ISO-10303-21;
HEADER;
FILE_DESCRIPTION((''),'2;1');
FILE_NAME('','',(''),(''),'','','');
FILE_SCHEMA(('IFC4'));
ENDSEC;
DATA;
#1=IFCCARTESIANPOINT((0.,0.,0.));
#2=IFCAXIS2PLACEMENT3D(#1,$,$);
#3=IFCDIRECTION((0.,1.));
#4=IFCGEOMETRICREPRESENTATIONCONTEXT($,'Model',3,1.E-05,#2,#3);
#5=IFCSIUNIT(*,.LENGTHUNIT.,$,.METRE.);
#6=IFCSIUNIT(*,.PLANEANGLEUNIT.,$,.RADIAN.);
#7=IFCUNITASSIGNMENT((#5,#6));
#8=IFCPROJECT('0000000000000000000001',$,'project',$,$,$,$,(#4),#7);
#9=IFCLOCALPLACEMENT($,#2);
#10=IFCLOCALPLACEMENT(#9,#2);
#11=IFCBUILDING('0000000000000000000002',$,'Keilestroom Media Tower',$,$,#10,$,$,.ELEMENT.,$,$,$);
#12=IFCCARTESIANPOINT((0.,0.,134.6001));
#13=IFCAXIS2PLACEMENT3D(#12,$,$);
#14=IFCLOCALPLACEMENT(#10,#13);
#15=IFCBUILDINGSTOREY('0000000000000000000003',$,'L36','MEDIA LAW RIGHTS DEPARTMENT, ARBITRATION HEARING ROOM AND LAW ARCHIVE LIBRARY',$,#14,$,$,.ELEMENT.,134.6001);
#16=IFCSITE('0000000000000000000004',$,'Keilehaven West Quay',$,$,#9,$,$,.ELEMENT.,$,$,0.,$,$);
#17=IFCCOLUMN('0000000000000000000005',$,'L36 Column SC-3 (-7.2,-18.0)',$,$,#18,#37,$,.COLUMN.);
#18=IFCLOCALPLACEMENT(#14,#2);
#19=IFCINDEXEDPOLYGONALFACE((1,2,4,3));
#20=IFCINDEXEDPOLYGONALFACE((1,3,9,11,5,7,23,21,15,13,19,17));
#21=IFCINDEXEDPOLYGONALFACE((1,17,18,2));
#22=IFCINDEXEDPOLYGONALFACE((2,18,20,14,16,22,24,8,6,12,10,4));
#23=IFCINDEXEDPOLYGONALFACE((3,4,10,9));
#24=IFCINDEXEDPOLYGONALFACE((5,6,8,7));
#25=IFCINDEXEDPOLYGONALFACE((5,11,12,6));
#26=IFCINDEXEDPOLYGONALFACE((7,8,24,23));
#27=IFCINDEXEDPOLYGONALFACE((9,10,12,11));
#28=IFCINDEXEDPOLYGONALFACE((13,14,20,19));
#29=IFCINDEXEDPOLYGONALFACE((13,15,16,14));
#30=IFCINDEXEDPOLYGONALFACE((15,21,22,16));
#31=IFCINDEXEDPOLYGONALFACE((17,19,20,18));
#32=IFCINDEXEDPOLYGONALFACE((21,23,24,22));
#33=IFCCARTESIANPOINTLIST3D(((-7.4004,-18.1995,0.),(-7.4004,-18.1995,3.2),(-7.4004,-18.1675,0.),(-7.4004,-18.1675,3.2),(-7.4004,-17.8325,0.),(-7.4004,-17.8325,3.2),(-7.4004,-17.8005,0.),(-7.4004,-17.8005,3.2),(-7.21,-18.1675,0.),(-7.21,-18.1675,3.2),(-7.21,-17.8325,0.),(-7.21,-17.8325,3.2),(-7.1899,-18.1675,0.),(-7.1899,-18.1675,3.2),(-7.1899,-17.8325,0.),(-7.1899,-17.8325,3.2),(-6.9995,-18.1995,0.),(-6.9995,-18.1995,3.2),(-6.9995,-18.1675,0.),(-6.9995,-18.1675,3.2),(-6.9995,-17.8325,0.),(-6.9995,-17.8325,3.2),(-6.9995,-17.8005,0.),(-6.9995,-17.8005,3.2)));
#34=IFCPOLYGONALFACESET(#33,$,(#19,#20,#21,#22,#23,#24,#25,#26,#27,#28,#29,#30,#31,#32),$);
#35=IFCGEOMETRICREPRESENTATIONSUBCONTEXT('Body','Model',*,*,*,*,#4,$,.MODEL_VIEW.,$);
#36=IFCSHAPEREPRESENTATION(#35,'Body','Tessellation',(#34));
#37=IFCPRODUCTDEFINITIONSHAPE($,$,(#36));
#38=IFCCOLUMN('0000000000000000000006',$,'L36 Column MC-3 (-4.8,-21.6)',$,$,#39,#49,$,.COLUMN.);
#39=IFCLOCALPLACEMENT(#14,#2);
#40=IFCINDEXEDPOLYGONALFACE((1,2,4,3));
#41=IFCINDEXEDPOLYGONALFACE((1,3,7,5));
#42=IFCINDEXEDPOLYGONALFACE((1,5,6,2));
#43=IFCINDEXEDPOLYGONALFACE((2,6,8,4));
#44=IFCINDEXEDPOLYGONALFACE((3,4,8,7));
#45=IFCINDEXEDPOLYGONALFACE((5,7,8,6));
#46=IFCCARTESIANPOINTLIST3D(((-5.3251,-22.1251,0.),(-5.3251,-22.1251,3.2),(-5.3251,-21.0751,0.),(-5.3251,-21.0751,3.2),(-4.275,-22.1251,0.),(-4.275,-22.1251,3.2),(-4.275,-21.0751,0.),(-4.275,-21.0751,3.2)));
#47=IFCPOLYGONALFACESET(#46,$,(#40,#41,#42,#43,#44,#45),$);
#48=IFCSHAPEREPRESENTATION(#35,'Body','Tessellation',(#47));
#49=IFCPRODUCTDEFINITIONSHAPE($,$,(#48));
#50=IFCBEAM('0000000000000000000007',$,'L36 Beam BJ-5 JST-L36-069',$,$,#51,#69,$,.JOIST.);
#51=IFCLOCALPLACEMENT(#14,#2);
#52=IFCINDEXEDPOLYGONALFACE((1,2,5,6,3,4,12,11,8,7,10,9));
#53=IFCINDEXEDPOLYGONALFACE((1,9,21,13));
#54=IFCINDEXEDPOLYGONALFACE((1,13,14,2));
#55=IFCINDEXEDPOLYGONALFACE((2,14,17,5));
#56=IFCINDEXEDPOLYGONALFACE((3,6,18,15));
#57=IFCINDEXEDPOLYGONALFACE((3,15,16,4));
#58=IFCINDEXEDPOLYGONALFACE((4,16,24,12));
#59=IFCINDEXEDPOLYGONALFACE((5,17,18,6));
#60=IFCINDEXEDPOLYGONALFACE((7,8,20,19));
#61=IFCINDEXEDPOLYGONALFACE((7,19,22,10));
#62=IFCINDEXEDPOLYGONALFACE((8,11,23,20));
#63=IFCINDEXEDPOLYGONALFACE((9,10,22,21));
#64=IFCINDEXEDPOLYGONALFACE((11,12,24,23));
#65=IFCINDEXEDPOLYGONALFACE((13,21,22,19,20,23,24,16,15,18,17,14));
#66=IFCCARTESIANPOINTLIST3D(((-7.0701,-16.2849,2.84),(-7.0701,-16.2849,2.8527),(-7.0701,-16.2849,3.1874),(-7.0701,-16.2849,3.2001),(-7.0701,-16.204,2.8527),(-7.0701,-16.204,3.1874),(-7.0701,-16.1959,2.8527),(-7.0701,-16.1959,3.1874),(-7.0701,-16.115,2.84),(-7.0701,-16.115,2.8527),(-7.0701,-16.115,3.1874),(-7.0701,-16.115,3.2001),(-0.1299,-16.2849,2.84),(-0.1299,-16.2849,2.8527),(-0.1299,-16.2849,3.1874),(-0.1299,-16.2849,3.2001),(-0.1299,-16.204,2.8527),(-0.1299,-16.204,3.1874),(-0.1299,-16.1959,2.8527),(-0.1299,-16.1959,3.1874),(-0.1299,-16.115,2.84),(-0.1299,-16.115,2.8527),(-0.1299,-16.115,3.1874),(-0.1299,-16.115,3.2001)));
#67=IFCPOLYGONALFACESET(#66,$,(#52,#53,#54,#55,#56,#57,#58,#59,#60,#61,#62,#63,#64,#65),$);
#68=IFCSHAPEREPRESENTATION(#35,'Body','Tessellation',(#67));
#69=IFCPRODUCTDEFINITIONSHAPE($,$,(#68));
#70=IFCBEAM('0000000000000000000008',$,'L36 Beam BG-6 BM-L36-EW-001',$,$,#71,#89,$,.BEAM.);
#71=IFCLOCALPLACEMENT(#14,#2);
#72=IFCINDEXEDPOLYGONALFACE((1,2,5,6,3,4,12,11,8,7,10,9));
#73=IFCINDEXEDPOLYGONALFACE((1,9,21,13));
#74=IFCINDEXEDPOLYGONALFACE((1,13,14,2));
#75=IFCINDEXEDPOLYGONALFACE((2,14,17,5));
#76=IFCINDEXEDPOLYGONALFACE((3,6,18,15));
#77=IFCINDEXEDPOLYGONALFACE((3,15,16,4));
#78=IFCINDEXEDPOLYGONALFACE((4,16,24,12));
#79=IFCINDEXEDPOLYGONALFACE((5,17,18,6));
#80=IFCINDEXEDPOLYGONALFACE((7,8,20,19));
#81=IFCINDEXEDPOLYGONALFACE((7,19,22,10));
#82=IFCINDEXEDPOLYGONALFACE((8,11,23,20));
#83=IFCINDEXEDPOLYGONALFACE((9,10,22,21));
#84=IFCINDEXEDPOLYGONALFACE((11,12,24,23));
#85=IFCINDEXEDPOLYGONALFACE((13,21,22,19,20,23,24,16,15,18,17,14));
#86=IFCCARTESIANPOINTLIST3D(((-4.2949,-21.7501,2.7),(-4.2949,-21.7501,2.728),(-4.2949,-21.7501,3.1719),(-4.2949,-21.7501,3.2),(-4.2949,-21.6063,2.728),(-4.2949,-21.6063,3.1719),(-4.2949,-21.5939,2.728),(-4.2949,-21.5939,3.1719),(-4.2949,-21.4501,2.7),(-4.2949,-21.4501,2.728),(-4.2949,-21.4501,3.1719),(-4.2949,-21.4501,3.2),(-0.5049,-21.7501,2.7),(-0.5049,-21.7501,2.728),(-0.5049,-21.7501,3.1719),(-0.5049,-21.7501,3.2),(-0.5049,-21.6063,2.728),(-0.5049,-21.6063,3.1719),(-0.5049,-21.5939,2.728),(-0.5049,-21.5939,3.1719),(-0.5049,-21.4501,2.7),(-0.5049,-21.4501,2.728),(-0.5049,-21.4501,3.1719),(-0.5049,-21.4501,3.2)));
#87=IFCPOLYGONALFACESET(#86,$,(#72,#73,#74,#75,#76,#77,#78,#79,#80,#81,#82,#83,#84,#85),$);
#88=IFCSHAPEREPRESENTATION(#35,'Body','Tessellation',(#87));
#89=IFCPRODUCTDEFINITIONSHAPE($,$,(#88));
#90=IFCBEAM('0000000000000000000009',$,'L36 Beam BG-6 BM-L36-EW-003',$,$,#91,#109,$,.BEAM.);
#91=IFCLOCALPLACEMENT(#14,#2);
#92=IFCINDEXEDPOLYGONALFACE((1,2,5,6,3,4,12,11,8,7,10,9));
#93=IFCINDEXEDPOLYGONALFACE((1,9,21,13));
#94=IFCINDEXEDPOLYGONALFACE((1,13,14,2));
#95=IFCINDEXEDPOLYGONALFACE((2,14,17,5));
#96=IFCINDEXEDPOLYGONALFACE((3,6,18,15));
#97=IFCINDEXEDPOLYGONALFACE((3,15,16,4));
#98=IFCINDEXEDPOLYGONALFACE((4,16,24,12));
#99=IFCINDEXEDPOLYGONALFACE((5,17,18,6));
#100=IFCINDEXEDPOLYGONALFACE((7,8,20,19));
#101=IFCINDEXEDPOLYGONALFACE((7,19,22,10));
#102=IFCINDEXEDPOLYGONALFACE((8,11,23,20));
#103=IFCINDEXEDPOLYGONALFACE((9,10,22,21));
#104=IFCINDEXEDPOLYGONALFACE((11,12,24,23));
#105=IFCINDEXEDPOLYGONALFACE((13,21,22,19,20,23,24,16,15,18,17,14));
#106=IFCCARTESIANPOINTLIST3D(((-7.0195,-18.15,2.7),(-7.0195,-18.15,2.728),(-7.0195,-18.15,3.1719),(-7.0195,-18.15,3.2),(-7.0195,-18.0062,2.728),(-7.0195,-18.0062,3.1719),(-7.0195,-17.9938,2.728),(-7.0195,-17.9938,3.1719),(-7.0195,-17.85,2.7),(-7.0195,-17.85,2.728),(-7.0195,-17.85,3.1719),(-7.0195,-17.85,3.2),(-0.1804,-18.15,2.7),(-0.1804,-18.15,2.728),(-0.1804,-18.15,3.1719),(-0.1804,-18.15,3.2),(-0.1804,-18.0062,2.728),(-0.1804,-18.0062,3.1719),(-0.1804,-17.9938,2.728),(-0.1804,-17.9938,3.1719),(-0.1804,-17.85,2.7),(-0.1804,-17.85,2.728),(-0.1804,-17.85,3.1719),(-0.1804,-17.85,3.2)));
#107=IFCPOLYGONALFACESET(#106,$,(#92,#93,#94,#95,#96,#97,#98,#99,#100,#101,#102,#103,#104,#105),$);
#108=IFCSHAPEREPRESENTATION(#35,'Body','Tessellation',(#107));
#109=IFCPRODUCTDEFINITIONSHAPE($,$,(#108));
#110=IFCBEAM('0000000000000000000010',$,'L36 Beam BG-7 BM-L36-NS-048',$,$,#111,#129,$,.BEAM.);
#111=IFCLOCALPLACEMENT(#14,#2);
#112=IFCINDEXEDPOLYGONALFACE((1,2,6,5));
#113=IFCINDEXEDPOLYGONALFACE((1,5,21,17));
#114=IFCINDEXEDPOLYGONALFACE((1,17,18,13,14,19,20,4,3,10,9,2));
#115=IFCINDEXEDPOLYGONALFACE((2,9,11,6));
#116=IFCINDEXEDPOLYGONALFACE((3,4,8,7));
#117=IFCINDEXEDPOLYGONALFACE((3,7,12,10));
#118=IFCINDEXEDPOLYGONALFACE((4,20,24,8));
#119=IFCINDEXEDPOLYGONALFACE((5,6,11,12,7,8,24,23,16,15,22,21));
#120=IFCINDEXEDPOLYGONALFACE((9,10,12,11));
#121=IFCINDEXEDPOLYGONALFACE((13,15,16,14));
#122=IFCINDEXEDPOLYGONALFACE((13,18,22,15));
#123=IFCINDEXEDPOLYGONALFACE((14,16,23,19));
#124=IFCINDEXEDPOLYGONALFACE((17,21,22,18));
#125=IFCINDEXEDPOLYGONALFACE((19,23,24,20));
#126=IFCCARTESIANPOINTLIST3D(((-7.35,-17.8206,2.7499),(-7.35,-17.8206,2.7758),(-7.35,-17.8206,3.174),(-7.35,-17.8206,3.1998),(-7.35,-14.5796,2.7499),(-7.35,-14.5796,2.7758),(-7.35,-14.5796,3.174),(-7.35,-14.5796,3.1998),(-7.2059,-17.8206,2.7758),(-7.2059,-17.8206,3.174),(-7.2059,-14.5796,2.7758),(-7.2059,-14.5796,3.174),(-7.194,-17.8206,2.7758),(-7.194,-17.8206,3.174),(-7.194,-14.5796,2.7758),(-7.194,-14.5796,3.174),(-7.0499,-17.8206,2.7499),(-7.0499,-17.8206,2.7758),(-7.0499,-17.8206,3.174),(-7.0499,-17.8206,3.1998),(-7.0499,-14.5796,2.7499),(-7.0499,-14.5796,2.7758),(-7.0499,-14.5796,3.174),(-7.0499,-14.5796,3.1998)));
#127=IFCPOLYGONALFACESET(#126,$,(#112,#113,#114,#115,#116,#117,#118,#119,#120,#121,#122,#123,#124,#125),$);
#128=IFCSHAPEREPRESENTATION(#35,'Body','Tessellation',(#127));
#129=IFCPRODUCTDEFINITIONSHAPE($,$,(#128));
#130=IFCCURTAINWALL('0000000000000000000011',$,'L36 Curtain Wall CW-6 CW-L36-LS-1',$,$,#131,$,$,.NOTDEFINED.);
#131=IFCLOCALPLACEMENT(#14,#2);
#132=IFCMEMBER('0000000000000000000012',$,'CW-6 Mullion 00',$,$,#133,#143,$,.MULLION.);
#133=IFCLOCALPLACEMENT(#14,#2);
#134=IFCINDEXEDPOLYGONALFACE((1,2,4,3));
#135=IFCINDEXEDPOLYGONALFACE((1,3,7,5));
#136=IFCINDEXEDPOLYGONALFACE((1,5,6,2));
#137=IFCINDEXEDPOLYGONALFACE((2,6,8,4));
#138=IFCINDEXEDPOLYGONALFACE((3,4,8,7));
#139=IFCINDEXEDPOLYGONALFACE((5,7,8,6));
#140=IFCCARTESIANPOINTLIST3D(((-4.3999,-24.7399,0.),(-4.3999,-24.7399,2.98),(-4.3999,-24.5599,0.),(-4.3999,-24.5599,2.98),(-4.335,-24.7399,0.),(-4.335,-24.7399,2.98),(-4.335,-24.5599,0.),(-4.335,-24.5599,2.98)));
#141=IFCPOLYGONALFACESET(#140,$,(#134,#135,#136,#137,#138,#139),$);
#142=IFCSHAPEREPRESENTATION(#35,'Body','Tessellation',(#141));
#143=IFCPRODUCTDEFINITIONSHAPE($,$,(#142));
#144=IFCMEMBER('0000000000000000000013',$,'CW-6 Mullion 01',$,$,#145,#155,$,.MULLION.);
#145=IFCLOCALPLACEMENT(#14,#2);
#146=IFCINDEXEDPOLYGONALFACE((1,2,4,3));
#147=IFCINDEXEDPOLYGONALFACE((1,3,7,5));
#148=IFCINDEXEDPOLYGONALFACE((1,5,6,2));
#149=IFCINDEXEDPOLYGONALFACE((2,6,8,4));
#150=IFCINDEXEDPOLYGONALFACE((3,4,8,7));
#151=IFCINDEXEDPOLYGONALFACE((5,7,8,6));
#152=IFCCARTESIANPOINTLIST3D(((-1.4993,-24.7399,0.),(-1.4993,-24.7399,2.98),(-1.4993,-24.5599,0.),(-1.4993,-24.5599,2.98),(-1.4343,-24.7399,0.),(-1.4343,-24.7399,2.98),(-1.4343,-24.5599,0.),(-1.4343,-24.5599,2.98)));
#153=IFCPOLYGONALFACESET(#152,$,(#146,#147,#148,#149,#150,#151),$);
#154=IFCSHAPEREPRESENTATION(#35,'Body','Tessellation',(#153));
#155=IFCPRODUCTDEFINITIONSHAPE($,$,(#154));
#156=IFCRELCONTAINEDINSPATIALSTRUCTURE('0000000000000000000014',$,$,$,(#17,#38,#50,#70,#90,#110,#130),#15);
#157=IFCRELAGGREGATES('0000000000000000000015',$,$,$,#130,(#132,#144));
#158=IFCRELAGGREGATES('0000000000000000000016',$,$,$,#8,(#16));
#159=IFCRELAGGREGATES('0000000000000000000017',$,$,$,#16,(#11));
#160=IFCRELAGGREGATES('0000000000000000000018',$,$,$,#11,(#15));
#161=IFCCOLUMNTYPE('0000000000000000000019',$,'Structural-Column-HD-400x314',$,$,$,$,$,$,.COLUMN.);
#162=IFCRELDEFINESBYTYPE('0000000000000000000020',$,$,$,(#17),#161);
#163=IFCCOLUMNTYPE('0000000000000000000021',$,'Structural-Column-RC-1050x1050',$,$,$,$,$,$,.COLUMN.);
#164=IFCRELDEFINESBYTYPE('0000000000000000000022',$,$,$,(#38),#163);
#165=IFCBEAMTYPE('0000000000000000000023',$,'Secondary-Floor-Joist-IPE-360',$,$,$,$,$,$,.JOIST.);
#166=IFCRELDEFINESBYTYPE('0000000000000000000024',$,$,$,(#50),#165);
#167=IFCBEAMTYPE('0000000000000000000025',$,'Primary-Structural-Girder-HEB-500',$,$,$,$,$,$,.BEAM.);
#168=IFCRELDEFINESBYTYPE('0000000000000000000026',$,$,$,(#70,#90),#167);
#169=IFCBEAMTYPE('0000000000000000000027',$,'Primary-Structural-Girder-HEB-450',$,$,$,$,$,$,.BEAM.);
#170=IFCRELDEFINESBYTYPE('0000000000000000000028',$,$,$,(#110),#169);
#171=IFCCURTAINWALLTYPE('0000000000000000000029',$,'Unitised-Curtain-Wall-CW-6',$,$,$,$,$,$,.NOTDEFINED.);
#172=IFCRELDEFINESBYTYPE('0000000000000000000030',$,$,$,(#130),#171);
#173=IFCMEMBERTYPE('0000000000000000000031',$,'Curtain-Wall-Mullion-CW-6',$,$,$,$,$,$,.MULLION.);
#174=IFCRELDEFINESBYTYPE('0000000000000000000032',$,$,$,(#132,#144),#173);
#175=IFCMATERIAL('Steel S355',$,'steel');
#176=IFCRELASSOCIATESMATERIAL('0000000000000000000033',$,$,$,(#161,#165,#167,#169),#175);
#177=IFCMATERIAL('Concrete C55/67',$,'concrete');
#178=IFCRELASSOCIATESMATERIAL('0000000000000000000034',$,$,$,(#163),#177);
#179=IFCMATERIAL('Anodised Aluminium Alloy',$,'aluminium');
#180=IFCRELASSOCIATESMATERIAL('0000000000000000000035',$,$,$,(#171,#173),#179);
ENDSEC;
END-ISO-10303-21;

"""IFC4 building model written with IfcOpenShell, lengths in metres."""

from ifc_helpers import new_model, si_unit, direction, frame, origin, origin_2d, place, context, subcontext, project, spatial, rectangle, i_section, extrude, source, transform, mapped, material, material_profile, profile_set, type_object, element, aggregate, save


model = new_model("IFC4")

# Units and contexts
model_context = context("Model", 3, precision=1e-05, world=origin(), true_north=direction((0.0, 1.0)))
body_context = subcontext(model_context, "Body", "Model", "MODEL_VIEW")
ifc_project = project(units=[si_unit("LENGTHUNIT", "METRE"), si_unit("PLANEANGLEUNIT", "RADIAN")], contexts=[model_context])

# Site, building, storey
site_placement = place(None, origin())
site = spatial("IfcSite", under=ifc_project, at=site_placement, Name="Keilehaven West Quay", CompositionType="ELEMENT", RefElevation=0.0)
building_placement = place(site_placement, origin())
building = spatial("IfcBuilding", under=site, at=building_placement, Name="Keilestroom Media Tower", CompositionType="ELEMENT")
storey_placement = place(building_placement, frame((0.0, 0.0, 134.6001)))
storey = spatial("IfcBuildingStorey", under=building, at=storey_placement, Name="L36", Description="MEDIA LAW RIGHTS DEPARTMENT, ARBITRATION HEARING ROOM AND LAW ARCHIVE LIBRARY", CompositionType="ELEMENT", Elevation=134.6001)

# Columns
ifc_material_1 = material(Name="Steel S355", Category="steel")
ifc_material_profile_1 = material_profile(ifc_material_1, i_section(OverallWidth=0.4009, OverallDepth=0.3989, WebThickness=0.02, FlangeThickness=0.032, at=origin_2d()), Name="HD 400x314")
ifc_profile_set_1 = profile_set([ifc_material_profile_1], Name="Steel S355")
column_type_1 = type_object("IfcColumnType", Name="Structural-Column-HD-400x314", PredefinedType="COLUMN", material=ifc_profile_set_1)
shared_shape_1 = source(origin(), body_context, "Body", "SweptSolid", [
    extrude(i_section(OverallWidth=0.4009, OverallDepth=0.3989, WebThickness=0.02, FlangeThickness=0.032, at=origin_2d()), origin(), (0.0, 0.0, 1.0), 3.2),
])
column_1_placement = place(storey_placement, frame((-7.2, -18.0, 0.0), z_axis=(0.0, 0.0, 1.0), x_axis=(1.0, 0.0, 0.0)))
element("IfcColumn", 1, at=column_1_placement, inside=storey, type_object=column_type_1, Name="L36 Column SC-3 (-7.2,-18.0)", PredefinedType="COLUMN", context=body_context, shape_type="MappedRepresentation", body=[
    mapped(shared_shape_1, transform((0.0, 0.0, 0.0), x_axis=(1.0, 0.0, 0.0), y_axis=(0.0, 1.0, 0.0), z_axis=(0.0, 0.0, 1.0), scale=1.0)),
])
ifc_material_2 = material(Name="Concrete C55/67", Category="concrete")
ifc_material_profile_2 = material_profile(ifc_material_2, rectangle(XDim=1.05, YDim=1.05, at=origin_2d()), Name="RC 1050x1050")
ifc_profile_set_2 = profile_set([ifc_material_profile_2], Name="Concrete C55/67")
column_type_2 = type_object("IfcColumnType", Name="Structural-Column-RC-1050x1050", PredefinedType="COLUMN", material=ifc_profile_set_2)
shared_shape_2 = source(origin(), body_context, "Body", "SweptSolid", [
    extrude(rectangle(XDim=1.05, YDim=1.05, at=origin_2d()), origin(), (0.0, 0.0, 1.0), 3.2),
])
column_2_placement = place(storey_placement, frame((-4.8, -21.6001, 0.0), z_axis=(0.0, 0.0, 1.0), x_axis=(1.0, 0.0, 0.0)))
element("IfcColumn", 2, at=column_2_placement, inside=storey, type_object=column_type_2, Name="L36 Column MC-3 (-4.8,-21.6)", PredefinedType="COLUMN", context=body_context, shape_type="MappedRepresentation", body=[
    mapped(shared_shape_2, transform((0.0, 0.0, 0.0), x_axis=(1.0, 0.0, 0.0), y_axis=(0.0, 1.0, 0.0), z_axis=(0.0, 0.0, 1.0), scale=1.0)),
])

# Beams
ifc_material_profile_3 = material_profile(ifc_material_1, i_section(OverallWidth=0.1699, OverallDepth=0.3601, WebThickness=0.0081, FlangeThickness=0.0127, at=origin_2d()), Name="IPE 360")
ifc_profile_set_3 = profile_set([ifc_material_profile_3], Name="Steel S355")
beam_type_1 = type_object("IfcBeamType", Name="Secondary-Floor-Joist-IPE-360", PredefinedType="JOIST", material=ifc_profile_set_3)
shared_shape_3 = source(origin(), body_context, "Body", "SweptSolid", [
    extrude(i_section(OverallWidth=0.1699, OverallDepth=0.3601, WebThickness=0.0081, FlangeThickness=0.0127, at=origin_2d()), origin(), (0.0, 0.0, 1.0), 6.9402),
])
beam_1_placement = place(storey_placement, frame((-7.0701, -16.2, 3.02), z_axis=(1.0, 0.0, 0.0), x_axis=(0.0, 1.0, 0.0)))
element("IfcBeam", 3, at=beam_1_placement, inside=storey, type_object=beam_type_1, Name="L36 Beam BJ-5 JST-L36-069", PredefinedType="JOIST", context=body_context, shape_type="MappedRepresentation", body=[
    mapped(shared_shape_3, transform((0.0, 0.0, 0.0), x_axis=(1.0, 0.0, 0.0), y_axis=(0.0, 1.0, 0.0), z_axis=(0.0, 0.0, 1.0), scale=1.0)),
])
ifc_material_profile_4 = material_profile(ifc_material_1, i_section(OverallWidth=0.3, OverallDepth=0.5, WebThickness=0.0125, FlangeThickness=0.0281, at=origin_2d()), Name="HEB 500")
ifc_profile_set_4 = profile_set([ifc_material_profile_4], Name="Steel S355")
beam_type_2 = type_object("IfcBeamType", Name="Primary-Structural-Girder-HEB-500", PredefinedType="BEAM", material=ifc_profile_set_4)
shared_shape_4 = source(origin(), body_context, "Body", "SweptSolid", [
    extrude(i_section(OverallWidth=0.3, OverallDepth=0.5, WebThickness=0.0125, FlangeThickness=0.0281, at=origin_2d()), origin(), (0.0, 0.0, 1.0), 3.79),
])
beam_2_placement = place(storey_placement, frame((-4.2949, -21.6001, 2.95), z_axis=(1.0, 0.0, 0.0), x_axis=(0.0, 1.0, 0.0)))
element("IfcBeam", 4, at=beam_2_placement, inside=storey, type_object=beam_type_2, Name="L36 Beam BG-6 BM-L36-EW-001", PredefinedType="BEAM", context=body_context, shape_type="MappedRepresentation", body=[
    mapped(shared_shape_4, transform((0.0, 0.0, 0.0), x_axis=(1.0, 0.0, 0.0), y_axis=(0.0, 1.0, 0.0), z_axis=(0.0, 0.0, 1.0), scale=1.0)),
])
shared_shape_5 = source(origin(), body_context, "Body", "SweptSolid", [
    extrude(i_section(OverallWidth=0.3, OverallDepth=0.5, WebThickness=0.0125, FlangeThickness=0.0281, at=origin_2d()), origin(), (0.0, 0.0, 1.0), 6.8391),
])
beam_3_placement = place(storey_placement, frame((-7.0195, -18.0, 2.95), z_axis=(1.0, 0.0, 0.0), x_axis=(0.0, 1.0, 0.0)))
element("IfcBeam", 5, at=beam_3_placement, inside=storey, type_object=beam_type_2, Name="L36 Beam BG-6 BM-L36-EW-003", PredefinedType="BEAM", context=body_context, shape_type="MappedRepresentation", body=[
    mapped(shared_shape_5, transform((0.0, 0.0, 0.0), x_axis=(1.0, 0.0, 0.0), y_axis=(0.0, 1.0, 0.0), z_axis=(0.0, 0.0, 1.0), scale=1.0)),
])
ifc_material_profile_5 = material_profile(ifc_material_1, i_section(OverallWidth=0.3, OverallDepth=0.45, WebThickness=0.012, FlangeThickness=0.0259, at=origin_2d()), Name="HEB 450")
ifc_profile_set_5 = profile_set([ifc_material_profile_5], Name="Steel S355")
beam_type_3 = type_object("IfcBeamType", Name="Primary-Structural-Girder-HEB-450", PredefinedType="BEAM", material=ifc_profile_set_5)
shared_shape_6 = source(origin(), body_context, "Body", "SweptSolid", [
    extrude(i_section(OverallWidth=0.3, OverallDepth=0.45, WebThickness=0.012, FlangeThickness=0.0259, at=origin_2d()), origin(), (0.0, 0.0, 1.0), 3.241),
])
beam_4_placement = place(storey_placement, frame((-7.2, -17.8206, 2.9749), z_axis=(0.0, 1.0, 0.0), x_axis=(-1.0, 0.0, 0.0)))
element("IfcBeam", 6, at=beam_4_placement, inside=storey, type_object=beam_type_3, Name="L36 Beam BG-7 BM-L36-NS-048", PredefinedType="BEAM", context=body_context, shape_type="MappedRepresentation", body=[
    mapped(shared_shape_6, transform((0.0, 0.0, 0.0), x_axis=(1.0, 0.0, 0.0), y_axis=(0.0, 1.0, 0.0), z_axis=(0.0, 0.0, 1.0), scale=1.0)),
])

# Curtain wall, members
ifc_material_3 = material(Name="Anodised Aluminium Alloy", Category="aluminium")
curtain_wall_type = type_object("IfcCurtainWallType", Name="Unitised-Curtain-Wall-CW-6", PredefinedType="NOTDEFINED", material=ifc_material_3)
curtain_wall_placement = place(storey_placement, origin())
curtain_wall = element("IfcCurtainWall", 7, at=curtain_wall_placement, inside=storey, type_object=curtain_wall_type, Name="L36 Curtain Wall CW-6 CW-L36-LS-1", PredefinedType="NOTDEFINED")
ifc_material_profile_6 = material_profile(ifc_material_3, rectangle(XDim=0.0649, YDim=0.1799, at=origin_2d()), Name="ALU MULLION 65x180")
ifc_profile_set_6 = profile_set([ifc_material_profile_6], Name="Anodised Aluminium Alloy")
member_type_1 = type_object("IfcMemberType", Name="Curtain-Wall-Mullion-CW-6", PredefinedType="MULLION", material=ifc_profile_set_6)
shared_shape_7 = source(origin(), body_context, "Body", "SweptSolid", [
    extrude(rectangle(XDim=0.0649, YDim=0.1799, at=origin_2d()), origin(), (0.0, 0.0, 1.0), 2.98),
])
member_1_placement = place(storey_placement, frame((-4.3674, -24.6499, 0.0), z_axis=(0.0, 0.0, 1.0), x_axis=(1.0, 0.0, 0.0)))
member_1 = element("IfcMember", 8, at=member_1_placement, type_object=member_type_1, Name="CW-6 Mullion 00", PredefinedType="MULLION", context=body_context, shape_type="MappedRepresentation", body=[
    mapped(shared_shape_7, transform((0.0, 0.0, 0.0), x_axis=(1.0, 0.0, 0.0), y_axis=(0.0, 1.0, 0.0), z_axis=(0.0, 0.0, 1.0), scale=1.0)),
])
member_2_placement = place(storey_placement, frame((-1.4668, -24.6499, 0.0), z_axis=(0.0, 0.0, 1.0), x_axis=(1.0, 0.0, 0.0)))
member_2 = element("IfcMember", 9, at=member_2_placement, type_object=member_type_1, Name="CW-6 Mullion 01", PredefinedType="MULLION", context=body_context, shape_type="MappedRepresentation", body=[
    mapped(shared_shape_7, transform((0.0, 0.0, 0.0), x_axis=(1.0, 0.0, 0.0), y_axis=(0.0, 1.0, 0.0), z_axis=(0.0, 0.0, 1.0), scale=1.0)),
])
aggregate(curtain_wall, [member_1, member_2])

save(model, "model.ifc")
